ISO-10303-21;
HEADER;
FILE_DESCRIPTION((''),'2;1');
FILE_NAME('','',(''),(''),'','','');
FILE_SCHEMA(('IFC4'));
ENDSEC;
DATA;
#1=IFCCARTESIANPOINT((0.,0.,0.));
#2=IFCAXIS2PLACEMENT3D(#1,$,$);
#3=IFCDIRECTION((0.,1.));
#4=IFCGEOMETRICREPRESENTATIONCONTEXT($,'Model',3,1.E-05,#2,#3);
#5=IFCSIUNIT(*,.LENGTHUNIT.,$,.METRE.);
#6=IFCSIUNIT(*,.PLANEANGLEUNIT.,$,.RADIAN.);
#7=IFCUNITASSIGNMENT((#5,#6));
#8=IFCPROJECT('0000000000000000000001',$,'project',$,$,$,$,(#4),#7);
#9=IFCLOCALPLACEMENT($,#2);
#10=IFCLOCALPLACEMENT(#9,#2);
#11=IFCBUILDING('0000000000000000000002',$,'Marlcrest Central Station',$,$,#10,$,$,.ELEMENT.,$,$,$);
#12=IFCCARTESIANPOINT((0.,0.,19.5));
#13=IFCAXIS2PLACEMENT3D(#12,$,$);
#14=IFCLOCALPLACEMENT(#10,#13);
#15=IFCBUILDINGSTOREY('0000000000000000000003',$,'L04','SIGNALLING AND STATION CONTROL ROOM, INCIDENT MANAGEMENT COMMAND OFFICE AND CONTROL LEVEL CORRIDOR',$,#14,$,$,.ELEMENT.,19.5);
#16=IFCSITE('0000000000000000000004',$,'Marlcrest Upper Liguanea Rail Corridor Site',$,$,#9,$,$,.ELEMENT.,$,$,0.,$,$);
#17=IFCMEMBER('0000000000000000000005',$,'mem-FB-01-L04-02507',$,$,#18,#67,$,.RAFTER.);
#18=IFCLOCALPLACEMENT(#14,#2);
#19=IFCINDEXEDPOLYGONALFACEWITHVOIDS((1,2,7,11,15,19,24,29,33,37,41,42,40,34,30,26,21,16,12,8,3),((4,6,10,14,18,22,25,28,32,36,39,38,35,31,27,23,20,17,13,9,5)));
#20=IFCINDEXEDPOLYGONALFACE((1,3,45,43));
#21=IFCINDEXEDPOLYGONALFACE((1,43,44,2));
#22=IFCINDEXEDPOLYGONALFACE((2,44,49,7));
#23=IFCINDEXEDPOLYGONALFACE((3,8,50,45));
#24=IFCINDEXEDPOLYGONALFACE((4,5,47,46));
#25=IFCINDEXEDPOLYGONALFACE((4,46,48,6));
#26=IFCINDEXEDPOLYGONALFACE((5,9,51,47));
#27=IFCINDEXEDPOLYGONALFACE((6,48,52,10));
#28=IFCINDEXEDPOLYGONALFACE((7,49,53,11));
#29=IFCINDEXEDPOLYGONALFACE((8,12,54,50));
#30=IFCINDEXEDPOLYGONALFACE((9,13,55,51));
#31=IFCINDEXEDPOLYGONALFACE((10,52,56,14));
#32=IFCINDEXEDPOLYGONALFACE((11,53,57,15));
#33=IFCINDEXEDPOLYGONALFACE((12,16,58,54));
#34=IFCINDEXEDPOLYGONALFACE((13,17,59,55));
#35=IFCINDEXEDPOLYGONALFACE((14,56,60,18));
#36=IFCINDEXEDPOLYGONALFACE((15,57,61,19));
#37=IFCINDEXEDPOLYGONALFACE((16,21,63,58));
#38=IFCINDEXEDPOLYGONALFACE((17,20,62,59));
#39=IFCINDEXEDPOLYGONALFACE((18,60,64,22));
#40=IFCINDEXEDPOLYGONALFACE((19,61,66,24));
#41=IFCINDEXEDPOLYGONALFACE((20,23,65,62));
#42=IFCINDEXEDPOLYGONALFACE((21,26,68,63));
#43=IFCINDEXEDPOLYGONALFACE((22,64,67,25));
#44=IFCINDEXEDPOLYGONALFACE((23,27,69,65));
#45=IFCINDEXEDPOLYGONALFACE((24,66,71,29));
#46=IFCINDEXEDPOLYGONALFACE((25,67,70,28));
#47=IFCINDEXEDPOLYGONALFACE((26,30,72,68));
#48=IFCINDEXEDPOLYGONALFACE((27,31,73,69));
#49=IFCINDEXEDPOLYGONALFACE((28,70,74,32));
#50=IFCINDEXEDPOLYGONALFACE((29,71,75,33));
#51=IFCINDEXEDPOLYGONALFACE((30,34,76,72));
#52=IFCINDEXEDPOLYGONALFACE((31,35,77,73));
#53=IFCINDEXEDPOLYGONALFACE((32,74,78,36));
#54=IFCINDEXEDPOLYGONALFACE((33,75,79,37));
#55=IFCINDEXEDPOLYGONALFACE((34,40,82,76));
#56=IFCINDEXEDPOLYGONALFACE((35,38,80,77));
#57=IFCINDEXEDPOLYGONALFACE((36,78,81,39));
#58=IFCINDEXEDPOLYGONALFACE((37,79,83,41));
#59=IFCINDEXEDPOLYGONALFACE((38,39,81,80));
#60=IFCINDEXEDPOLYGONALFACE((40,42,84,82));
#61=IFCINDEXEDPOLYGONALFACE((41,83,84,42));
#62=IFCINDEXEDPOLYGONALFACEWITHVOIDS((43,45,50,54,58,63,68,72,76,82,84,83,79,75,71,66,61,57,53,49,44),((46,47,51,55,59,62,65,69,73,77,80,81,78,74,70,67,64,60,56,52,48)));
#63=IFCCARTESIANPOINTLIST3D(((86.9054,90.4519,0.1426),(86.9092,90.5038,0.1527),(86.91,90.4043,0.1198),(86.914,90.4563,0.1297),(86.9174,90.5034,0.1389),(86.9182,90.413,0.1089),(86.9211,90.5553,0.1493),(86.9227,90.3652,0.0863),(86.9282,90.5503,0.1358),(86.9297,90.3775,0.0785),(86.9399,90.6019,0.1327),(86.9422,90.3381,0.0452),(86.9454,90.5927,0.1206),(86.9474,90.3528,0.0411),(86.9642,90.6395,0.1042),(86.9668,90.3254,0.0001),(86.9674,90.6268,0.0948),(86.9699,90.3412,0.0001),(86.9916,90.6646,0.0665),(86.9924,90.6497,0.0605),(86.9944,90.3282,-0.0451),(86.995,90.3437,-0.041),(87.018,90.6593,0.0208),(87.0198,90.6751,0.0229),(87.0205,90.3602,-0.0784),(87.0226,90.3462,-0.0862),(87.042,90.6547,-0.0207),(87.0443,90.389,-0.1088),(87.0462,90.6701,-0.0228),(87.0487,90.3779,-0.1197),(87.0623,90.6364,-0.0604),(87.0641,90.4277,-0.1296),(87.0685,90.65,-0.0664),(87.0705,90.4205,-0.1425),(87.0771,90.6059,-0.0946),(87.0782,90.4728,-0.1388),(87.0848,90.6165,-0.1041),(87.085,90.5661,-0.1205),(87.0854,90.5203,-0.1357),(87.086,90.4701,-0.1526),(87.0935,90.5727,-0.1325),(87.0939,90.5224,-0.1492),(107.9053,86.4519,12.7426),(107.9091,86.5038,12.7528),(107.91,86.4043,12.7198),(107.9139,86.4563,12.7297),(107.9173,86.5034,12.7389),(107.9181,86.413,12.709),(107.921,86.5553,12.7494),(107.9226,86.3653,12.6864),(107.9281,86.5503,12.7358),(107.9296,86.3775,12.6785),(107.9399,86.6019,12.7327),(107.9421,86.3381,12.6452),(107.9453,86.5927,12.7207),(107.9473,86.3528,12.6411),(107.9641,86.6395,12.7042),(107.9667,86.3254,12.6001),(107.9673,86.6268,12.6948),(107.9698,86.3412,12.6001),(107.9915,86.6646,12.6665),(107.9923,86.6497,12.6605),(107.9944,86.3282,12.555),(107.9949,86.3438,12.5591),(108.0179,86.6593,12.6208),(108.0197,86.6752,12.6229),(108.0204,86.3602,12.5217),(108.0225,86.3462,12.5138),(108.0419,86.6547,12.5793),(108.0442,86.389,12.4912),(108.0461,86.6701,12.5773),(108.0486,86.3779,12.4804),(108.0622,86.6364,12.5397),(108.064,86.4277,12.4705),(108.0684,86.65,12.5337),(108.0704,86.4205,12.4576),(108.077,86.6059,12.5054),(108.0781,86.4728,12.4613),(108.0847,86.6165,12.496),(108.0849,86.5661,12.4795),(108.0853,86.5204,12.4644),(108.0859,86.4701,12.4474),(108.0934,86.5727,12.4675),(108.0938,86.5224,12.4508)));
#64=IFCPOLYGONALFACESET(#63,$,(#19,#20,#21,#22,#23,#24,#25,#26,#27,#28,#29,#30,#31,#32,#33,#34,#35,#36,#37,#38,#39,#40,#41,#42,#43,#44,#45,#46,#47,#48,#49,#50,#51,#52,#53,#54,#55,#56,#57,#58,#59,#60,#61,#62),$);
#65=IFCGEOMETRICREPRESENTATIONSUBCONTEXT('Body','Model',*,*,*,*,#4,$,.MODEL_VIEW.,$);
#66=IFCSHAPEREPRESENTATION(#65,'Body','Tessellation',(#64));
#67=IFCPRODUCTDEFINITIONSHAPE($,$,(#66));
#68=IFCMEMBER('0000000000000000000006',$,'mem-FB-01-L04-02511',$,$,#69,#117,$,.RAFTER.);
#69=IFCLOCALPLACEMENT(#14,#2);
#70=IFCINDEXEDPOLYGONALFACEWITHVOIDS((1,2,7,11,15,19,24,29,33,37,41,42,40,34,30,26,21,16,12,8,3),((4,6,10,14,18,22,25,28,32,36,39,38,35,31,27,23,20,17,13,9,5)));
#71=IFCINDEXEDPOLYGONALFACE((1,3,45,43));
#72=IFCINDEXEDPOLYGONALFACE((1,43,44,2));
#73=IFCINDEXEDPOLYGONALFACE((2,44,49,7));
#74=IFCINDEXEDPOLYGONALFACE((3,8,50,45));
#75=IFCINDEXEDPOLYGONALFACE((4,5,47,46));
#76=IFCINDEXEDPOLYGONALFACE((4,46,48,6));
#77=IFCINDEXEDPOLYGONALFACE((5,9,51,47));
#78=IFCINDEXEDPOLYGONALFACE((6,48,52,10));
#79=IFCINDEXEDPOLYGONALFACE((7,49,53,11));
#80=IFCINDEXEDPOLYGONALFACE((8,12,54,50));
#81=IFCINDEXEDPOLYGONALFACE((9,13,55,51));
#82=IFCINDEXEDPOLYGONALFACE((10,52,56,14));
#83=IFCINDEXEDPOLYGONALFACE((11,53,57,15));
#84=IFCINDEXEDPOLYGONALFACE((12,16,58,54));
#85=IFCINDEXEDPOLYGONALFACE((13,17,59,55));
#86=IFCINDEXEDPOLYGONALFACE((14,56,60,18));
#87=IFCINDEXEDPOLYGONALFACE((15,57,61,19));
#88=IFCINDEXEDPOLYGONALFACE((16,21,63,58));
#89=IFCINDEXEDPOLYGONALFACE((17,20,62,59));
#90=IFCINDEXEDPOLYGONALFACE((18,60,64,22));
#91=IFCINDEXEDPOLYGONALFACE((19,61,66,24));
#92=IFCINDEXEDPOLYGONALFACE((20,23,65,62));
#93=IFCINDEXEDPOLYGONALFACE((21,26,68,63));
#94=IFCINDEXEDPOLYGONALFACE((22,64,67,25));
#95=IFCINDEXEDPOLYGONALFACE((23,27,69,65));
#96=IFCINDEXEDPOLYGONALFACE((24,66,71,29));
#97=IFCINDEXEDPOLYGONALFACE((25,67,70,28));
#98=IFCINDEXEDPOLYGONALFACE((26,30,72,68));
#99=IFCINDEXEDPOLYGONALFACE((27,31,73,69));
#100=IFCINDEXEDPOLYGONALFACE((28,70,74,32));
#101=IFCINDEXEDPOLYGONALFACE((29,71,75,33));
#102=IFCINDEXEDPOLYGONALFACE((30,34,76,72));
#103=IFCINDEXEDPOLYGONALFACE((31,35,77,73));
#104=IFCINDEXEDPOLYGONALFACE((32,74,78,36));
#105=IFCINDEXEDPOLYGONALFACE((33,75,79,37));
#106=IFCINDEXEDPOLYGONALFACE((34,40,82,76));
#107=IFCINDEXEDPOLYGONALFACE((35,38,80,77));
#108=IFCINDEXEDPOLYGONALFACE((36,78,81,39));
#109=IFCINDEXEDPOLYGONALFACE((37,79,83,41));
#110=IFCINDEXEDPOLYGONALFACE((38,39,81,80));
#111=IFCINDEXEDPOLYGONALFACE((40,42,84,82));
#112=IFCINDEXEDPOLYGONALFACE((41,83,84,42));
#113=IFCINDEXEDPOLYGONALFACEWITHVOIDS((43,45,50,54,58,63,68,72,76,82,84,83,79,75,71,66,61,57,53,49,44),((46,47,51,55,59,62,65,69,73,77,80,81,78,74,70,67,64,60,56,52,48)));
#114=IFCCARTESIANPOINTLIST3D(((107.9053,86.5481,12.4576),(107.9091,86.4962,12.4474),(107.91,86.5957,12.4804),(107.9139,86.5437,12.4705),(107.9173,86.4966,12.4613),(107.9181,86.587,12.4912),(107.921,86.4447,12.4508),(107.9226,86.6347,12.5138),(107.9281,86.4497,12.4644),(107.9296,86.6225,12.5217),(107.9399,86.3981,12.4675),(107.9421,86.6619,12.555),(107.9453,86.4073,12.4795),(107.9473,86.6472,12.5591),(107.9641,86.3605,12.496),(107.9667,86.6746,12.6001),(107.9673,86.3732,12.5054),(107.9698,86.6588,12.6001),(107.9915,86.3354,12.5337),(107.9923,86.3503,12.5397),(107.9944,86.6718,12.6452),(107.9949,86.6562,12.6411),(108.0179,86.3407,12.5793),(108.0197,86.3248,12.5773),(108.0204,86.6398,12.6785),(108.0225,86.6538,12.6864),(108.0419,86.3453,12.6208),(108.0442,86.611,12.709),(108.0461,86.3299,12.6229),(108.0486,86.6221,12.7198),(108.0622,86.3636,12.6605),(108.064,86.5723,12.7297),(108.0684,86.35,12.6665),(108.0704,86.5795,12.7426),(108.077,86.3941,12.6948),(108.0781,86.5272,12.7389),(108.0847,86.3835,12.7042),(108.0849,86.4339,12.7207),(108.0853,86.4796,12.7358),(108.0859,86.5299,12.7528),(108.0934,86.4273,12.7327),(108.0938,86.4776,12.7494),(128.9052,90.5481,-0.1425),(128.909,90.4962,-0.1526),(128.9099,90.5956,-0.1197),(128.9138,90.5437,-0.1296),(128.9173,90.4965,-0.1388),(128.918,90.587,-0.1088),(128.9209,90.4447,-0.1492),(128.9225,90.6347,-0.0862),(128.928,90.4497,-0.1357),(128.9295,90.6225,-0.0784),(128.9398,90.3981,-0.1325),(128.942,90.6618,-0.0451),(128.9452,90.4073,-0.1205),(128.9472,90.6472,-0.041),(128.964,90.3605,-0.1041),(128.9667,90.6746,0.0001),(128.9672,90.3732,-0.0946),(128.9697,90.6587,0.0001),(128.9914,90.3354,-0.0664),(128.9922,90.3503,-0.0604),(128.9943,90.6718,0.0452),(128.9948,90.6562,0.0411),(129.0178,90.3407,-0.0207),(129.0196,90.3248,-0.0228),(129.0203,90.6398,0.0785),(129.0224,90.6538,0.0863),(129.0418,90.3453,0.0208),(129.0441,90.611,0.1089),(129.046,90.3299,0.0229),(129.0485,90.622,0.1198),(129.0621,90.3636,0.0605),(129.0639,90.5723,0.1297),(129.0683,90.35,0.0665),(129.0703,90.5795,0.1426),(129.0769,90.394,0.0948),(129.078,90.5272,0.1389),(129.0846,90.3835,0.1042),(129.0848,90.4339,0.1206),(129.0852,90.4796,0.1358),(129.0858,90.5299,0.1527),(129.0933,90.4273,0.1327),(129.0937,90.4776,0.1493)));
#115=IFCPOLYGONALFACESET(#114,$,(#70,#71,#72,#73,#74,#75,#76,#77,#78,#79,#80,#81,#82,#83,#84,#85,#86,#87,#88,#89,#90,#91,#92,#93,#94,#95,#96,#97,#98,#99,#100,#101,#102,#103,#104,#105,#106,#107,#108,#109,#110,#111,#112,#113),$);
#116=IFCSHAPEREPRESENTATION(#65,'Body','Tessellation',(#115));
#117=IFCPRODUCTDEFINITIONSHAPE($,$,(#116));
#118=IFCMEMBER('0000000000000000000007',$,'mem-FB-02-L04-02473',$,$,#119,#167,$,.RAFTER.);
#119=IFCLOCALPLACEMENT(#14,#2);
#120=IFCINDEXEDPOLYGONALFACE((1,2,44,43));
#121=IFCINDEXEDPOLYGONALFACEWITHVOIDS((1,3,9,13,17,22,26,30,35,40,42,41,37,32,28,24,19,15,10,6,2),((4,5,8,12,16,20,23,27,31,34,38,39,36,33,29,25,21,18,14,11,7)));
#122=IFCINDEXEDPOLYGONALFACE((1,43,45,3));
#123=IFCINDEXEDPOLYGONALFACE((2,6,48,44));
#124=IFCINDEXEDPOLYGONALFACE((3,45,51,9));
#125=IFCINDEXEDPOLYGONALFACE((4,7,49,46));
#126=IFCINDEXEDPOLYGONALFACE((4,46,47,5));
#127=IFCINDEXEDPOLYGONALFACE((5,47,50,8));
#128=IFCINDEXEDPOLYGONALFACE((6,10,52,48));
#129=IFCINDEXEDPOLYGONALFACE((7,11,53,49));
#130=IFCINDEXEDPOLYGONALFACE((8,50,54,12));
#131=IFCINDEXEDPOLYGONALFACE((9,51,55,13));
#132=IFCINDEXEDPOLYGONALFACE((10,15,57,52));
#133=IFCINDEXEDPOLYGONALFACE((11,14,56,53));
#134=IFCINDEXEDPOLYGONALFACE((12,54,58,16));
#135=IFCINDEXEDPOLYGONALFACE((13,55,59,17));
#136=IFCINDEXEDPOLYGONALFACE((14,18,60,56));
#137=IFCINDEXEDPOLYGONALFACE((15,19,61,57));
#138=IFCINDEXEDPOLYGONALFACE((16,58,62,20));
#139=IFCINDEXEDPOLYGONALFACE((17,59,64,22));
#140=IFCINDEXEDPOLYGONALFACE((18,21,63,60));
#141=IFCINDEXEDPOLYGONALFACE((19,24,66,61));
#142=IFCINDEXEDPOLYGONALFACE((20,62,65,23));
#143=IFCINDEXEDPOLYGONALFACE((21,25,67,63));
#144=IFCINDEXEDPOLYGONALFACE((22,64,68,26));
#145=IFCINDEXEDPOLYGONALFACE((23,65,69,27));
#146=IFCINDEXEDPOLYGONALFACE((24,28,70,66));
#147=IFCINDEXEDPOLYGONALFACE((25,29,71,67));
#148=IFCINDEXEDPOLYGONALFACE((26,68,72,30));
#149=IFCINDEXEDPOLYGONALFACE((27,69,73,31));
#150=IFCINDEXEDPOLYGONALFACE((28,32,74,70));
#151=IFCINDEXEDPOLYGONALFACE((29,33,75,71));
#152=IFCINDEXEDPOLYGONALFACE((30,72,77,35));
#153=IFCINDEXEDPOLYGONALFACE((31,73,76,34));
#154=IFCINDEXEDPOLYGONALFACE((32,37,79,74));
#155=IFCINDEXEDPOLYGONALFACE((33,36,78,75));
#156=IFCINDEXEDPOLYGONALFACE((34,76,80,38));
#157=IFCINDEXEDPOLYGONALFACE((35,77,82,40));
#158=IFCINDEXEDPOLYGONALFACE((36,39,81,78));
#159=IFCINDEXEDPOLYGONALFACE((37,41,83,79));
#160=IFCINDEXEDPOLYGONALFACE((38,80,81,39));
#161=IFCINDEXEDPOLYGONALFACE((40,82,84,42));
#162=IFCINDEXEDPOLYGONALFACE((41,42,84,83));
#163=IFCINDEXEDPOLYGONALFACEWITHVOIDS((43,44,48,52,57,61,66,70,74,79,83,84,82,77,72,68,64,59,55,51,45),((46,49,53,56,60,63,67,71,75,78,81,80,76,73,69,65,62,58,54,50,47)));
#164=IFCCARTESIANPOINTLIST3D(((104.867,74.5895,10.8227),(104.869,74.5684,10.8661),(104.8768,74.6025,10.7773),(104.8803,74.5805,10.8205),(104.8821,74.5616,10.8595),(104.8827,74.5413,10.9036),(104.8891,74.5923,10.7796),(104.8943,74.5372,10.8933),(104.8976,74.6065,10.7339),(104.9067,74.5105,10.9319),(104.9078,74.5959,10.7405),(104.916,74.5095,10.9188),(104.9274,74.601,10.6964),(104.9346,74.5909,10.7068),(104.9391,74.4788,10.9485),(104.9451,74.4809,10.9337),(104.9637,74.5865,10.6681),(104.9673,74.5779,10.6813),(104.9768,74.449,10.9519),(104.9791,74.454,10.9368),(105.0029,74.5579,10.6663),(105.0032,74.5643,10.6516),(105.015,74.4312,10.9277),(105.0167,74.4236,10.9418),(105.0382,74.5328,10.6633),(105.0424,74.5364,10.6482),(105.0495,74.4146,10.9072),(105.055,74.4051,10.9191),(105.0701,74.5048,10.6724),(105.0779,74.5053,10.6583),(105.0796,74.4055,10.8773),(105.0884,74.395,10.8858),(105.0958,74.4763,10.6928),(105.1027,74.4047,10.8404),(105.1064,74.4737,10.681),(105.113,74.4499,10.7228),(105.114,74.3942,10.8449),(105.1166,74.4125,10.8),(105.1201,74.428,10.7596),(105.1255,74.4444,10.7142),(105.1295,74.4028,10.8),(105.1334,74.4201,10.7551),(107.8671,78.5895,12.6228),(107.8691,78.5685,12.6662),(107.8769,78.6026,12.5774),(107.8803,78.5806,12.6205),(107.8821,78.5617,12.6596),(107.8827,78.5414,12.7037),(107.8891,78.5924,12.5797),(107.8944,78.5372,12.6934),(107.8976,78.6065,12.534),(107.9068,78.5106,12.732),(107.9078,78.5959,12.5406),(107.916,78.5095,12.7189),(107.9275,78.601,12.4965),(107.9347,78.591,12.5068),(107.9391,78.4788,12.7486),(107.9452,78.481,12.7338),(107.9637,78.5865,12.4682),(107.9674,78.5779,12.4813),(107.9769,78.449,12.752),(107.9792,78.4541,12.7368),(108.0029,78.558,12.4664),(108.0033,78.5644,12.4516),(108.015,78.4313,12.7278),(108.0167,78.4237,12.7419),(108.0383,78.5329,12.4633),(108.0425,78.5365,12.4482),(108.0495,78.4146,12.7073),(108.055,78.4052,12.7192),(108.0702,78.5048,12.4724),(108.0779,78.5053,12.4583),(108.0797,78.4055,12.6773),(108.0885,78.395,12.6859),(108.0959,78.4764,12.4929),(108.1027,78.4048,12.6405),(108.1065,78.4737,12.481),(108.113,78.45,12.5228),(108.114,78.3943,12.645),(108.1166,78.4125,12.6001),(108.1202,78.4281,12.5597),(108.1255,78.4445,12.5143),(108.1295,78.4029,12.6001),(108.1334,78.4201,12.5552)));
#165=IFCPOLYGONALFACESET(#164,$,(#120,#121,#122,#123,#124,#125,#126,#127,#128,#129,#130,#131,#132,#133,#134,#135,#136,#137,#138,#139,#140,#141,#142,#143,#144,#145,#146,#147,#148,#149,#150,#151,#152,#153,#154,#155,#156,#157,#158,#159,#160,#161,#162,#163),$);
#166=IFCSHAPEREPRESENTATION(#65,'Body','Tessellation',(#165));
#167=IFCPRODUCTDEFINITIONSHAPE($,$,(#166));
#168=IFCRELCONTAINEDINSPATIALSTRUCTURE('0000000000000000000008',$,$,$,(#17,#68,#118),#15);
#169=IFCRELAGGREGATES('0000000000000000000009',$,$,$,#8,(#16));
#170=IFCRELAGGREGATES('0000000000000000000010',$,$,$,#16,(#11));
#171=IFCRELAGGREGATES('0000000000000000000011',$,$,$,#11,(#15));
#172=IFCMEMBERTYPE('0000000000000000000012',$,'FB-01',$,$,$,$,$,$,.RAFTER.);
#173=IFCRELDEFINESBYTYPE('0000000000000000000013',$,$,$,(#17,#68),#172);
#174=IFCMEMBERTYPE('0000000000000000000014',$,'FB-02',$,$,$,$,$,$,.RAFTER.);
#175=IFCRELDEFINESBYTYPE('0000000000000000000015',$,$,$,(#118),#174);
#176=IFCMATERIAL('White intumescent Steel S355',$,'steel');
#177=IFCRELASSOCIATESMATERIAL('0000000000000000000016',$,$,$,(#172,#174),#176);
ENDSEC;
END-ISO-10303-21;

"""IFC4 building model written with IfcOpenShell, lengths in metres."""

from ifc_helpers import new_model, si_unit, direction, frame, origin, origin_2d, place, context, subcontext, project, spatial, hollow_circle, extrude, material, material_profile, profile_set, type_object, element, save


model = new_model("IFC4")

# Units and contexts
model_context = context("Model", 3, precision=1e-05, world=origin(), true_north=direction((0.0, 1.0)))
body_context = subcontext(model_context, "Body", "Model", "MODEL_VIEW")
ifc_project = project(units=[si_unit("LENGTHUNIT", "METRE"), si_unit("PLANEANGLEUNIT", "RADIAN")], contexts=[model_context])

# Site, building, storey
site_placement = place(None, origin())
site = spatial("IfcSite", under=ifc_project, at=site_placement, Name="Marlcrest Upper Liguanea Rail Corridor Site", CompositionType="ELEMENT", RefElevation=0.0)
building_placement = place(site_placement, origin())
building = spatial("IfcBuilding", under=site, at=building_placement, Name="Marlcrest Central Station", CompositionType="ELEMENT")
storey_placement = place(building_placement, frame((0.0, 0.0, 19.5)))
storey = spatial("IfcBuildingStorey", under=building, at=storey_placement, Name="L04", Description="SIGNALLING AND STATION CONTROL ROOM, INCIDENT MANAGEMENT COMMAND OFFICE AND CONTROL LEVEL CORRIDOR", CompositionType="ELEMENT", Elevation=19.5)

# Members
ifc_material_1 = material(Name="White intumescent Steel S355", Category="steel")
ifc_material_profile_1 = material_profile(ifc_material_1, hollow_circle(Radius=0.1777, WallThickness=0.0161, at=origin_2d()), Name="CHS 355.6x16")
ifc_profile_set_1 = profile_set([ifc_material_profile_1], Name="White intumescent Steel S355")
member_type_1 = type_object("IfcMemberType", Name="FB-01", PredefinedType="RAFTER", material=ifc_profile_set_1)
for number, where, z_axis, x_axis, name in (
    (1, (108.0, 86.5, 12.6001), (-0.846277, 0.161196, -0.50777), (-0.187112, -0.982339, 0.0), "mem-FB-01-L04-02507"),
    (2, (108.0, 86.5, 12.6001), (0.846277, 0.161196, -0.50777), (-0.187112, 0.982339, 0.0), "mem-FB-01-L04-02511"),
):
    element("IfcMember", number, at=place(storey_placement, frame(where, z_axis=z_axis, x_axis=x_axis)), inside=storey, type_object=member_type_1, Name=name, PredefinedType="RAFTER", context=body_context, shape_type="SweptSolid", body=[
        extrude(hollow_circle(Radius=0.1777, WallThickness=0.0161, at=origin_2d()), origin(), (0.0, 0.0, 1.0), 24.8145),
    ])
ifc_material_profile_2 = material_profile(ifc_material_1, hollow_circle(Radius=0.1619, WallThickness=0.0161, at=origin_2d()), Name="CHS 323.9x16")
ifc_profile_set_2 = profile_set([ifc_material_profile_2], Name="White intumescent Steel S355")
member_type_2 = type_object("IfcMemberType", Name="FB-02", PredefinedType="RAFTER", material=ifc_profile_set_2)
for number, where, z_axis, x_axis, name in (
    (3, (108.0, 78.5, 12.6001), (-0.564531, -0.752708, -0.338728), (0.8, -0.6, 0.0), "mem-FB-02-L04-02473"),
):
    element("IfcMember", number, at=place(storey_placement, frame(where, z_axis=z_axis, x_axis=x_axis)), inside=storey, type_object=member_type_2, Name=name, PredefinedType="RAFTER", context=body_context, shape_type="SweptSolid", body=[
        extrude(hollow_circle(Radius=0.1619, WallThickness=0.0161, at=origin_2d()), origin(), (0.0, 0.0, 1.0), 5.3142),
    ])

save(model, "model.ifc")
